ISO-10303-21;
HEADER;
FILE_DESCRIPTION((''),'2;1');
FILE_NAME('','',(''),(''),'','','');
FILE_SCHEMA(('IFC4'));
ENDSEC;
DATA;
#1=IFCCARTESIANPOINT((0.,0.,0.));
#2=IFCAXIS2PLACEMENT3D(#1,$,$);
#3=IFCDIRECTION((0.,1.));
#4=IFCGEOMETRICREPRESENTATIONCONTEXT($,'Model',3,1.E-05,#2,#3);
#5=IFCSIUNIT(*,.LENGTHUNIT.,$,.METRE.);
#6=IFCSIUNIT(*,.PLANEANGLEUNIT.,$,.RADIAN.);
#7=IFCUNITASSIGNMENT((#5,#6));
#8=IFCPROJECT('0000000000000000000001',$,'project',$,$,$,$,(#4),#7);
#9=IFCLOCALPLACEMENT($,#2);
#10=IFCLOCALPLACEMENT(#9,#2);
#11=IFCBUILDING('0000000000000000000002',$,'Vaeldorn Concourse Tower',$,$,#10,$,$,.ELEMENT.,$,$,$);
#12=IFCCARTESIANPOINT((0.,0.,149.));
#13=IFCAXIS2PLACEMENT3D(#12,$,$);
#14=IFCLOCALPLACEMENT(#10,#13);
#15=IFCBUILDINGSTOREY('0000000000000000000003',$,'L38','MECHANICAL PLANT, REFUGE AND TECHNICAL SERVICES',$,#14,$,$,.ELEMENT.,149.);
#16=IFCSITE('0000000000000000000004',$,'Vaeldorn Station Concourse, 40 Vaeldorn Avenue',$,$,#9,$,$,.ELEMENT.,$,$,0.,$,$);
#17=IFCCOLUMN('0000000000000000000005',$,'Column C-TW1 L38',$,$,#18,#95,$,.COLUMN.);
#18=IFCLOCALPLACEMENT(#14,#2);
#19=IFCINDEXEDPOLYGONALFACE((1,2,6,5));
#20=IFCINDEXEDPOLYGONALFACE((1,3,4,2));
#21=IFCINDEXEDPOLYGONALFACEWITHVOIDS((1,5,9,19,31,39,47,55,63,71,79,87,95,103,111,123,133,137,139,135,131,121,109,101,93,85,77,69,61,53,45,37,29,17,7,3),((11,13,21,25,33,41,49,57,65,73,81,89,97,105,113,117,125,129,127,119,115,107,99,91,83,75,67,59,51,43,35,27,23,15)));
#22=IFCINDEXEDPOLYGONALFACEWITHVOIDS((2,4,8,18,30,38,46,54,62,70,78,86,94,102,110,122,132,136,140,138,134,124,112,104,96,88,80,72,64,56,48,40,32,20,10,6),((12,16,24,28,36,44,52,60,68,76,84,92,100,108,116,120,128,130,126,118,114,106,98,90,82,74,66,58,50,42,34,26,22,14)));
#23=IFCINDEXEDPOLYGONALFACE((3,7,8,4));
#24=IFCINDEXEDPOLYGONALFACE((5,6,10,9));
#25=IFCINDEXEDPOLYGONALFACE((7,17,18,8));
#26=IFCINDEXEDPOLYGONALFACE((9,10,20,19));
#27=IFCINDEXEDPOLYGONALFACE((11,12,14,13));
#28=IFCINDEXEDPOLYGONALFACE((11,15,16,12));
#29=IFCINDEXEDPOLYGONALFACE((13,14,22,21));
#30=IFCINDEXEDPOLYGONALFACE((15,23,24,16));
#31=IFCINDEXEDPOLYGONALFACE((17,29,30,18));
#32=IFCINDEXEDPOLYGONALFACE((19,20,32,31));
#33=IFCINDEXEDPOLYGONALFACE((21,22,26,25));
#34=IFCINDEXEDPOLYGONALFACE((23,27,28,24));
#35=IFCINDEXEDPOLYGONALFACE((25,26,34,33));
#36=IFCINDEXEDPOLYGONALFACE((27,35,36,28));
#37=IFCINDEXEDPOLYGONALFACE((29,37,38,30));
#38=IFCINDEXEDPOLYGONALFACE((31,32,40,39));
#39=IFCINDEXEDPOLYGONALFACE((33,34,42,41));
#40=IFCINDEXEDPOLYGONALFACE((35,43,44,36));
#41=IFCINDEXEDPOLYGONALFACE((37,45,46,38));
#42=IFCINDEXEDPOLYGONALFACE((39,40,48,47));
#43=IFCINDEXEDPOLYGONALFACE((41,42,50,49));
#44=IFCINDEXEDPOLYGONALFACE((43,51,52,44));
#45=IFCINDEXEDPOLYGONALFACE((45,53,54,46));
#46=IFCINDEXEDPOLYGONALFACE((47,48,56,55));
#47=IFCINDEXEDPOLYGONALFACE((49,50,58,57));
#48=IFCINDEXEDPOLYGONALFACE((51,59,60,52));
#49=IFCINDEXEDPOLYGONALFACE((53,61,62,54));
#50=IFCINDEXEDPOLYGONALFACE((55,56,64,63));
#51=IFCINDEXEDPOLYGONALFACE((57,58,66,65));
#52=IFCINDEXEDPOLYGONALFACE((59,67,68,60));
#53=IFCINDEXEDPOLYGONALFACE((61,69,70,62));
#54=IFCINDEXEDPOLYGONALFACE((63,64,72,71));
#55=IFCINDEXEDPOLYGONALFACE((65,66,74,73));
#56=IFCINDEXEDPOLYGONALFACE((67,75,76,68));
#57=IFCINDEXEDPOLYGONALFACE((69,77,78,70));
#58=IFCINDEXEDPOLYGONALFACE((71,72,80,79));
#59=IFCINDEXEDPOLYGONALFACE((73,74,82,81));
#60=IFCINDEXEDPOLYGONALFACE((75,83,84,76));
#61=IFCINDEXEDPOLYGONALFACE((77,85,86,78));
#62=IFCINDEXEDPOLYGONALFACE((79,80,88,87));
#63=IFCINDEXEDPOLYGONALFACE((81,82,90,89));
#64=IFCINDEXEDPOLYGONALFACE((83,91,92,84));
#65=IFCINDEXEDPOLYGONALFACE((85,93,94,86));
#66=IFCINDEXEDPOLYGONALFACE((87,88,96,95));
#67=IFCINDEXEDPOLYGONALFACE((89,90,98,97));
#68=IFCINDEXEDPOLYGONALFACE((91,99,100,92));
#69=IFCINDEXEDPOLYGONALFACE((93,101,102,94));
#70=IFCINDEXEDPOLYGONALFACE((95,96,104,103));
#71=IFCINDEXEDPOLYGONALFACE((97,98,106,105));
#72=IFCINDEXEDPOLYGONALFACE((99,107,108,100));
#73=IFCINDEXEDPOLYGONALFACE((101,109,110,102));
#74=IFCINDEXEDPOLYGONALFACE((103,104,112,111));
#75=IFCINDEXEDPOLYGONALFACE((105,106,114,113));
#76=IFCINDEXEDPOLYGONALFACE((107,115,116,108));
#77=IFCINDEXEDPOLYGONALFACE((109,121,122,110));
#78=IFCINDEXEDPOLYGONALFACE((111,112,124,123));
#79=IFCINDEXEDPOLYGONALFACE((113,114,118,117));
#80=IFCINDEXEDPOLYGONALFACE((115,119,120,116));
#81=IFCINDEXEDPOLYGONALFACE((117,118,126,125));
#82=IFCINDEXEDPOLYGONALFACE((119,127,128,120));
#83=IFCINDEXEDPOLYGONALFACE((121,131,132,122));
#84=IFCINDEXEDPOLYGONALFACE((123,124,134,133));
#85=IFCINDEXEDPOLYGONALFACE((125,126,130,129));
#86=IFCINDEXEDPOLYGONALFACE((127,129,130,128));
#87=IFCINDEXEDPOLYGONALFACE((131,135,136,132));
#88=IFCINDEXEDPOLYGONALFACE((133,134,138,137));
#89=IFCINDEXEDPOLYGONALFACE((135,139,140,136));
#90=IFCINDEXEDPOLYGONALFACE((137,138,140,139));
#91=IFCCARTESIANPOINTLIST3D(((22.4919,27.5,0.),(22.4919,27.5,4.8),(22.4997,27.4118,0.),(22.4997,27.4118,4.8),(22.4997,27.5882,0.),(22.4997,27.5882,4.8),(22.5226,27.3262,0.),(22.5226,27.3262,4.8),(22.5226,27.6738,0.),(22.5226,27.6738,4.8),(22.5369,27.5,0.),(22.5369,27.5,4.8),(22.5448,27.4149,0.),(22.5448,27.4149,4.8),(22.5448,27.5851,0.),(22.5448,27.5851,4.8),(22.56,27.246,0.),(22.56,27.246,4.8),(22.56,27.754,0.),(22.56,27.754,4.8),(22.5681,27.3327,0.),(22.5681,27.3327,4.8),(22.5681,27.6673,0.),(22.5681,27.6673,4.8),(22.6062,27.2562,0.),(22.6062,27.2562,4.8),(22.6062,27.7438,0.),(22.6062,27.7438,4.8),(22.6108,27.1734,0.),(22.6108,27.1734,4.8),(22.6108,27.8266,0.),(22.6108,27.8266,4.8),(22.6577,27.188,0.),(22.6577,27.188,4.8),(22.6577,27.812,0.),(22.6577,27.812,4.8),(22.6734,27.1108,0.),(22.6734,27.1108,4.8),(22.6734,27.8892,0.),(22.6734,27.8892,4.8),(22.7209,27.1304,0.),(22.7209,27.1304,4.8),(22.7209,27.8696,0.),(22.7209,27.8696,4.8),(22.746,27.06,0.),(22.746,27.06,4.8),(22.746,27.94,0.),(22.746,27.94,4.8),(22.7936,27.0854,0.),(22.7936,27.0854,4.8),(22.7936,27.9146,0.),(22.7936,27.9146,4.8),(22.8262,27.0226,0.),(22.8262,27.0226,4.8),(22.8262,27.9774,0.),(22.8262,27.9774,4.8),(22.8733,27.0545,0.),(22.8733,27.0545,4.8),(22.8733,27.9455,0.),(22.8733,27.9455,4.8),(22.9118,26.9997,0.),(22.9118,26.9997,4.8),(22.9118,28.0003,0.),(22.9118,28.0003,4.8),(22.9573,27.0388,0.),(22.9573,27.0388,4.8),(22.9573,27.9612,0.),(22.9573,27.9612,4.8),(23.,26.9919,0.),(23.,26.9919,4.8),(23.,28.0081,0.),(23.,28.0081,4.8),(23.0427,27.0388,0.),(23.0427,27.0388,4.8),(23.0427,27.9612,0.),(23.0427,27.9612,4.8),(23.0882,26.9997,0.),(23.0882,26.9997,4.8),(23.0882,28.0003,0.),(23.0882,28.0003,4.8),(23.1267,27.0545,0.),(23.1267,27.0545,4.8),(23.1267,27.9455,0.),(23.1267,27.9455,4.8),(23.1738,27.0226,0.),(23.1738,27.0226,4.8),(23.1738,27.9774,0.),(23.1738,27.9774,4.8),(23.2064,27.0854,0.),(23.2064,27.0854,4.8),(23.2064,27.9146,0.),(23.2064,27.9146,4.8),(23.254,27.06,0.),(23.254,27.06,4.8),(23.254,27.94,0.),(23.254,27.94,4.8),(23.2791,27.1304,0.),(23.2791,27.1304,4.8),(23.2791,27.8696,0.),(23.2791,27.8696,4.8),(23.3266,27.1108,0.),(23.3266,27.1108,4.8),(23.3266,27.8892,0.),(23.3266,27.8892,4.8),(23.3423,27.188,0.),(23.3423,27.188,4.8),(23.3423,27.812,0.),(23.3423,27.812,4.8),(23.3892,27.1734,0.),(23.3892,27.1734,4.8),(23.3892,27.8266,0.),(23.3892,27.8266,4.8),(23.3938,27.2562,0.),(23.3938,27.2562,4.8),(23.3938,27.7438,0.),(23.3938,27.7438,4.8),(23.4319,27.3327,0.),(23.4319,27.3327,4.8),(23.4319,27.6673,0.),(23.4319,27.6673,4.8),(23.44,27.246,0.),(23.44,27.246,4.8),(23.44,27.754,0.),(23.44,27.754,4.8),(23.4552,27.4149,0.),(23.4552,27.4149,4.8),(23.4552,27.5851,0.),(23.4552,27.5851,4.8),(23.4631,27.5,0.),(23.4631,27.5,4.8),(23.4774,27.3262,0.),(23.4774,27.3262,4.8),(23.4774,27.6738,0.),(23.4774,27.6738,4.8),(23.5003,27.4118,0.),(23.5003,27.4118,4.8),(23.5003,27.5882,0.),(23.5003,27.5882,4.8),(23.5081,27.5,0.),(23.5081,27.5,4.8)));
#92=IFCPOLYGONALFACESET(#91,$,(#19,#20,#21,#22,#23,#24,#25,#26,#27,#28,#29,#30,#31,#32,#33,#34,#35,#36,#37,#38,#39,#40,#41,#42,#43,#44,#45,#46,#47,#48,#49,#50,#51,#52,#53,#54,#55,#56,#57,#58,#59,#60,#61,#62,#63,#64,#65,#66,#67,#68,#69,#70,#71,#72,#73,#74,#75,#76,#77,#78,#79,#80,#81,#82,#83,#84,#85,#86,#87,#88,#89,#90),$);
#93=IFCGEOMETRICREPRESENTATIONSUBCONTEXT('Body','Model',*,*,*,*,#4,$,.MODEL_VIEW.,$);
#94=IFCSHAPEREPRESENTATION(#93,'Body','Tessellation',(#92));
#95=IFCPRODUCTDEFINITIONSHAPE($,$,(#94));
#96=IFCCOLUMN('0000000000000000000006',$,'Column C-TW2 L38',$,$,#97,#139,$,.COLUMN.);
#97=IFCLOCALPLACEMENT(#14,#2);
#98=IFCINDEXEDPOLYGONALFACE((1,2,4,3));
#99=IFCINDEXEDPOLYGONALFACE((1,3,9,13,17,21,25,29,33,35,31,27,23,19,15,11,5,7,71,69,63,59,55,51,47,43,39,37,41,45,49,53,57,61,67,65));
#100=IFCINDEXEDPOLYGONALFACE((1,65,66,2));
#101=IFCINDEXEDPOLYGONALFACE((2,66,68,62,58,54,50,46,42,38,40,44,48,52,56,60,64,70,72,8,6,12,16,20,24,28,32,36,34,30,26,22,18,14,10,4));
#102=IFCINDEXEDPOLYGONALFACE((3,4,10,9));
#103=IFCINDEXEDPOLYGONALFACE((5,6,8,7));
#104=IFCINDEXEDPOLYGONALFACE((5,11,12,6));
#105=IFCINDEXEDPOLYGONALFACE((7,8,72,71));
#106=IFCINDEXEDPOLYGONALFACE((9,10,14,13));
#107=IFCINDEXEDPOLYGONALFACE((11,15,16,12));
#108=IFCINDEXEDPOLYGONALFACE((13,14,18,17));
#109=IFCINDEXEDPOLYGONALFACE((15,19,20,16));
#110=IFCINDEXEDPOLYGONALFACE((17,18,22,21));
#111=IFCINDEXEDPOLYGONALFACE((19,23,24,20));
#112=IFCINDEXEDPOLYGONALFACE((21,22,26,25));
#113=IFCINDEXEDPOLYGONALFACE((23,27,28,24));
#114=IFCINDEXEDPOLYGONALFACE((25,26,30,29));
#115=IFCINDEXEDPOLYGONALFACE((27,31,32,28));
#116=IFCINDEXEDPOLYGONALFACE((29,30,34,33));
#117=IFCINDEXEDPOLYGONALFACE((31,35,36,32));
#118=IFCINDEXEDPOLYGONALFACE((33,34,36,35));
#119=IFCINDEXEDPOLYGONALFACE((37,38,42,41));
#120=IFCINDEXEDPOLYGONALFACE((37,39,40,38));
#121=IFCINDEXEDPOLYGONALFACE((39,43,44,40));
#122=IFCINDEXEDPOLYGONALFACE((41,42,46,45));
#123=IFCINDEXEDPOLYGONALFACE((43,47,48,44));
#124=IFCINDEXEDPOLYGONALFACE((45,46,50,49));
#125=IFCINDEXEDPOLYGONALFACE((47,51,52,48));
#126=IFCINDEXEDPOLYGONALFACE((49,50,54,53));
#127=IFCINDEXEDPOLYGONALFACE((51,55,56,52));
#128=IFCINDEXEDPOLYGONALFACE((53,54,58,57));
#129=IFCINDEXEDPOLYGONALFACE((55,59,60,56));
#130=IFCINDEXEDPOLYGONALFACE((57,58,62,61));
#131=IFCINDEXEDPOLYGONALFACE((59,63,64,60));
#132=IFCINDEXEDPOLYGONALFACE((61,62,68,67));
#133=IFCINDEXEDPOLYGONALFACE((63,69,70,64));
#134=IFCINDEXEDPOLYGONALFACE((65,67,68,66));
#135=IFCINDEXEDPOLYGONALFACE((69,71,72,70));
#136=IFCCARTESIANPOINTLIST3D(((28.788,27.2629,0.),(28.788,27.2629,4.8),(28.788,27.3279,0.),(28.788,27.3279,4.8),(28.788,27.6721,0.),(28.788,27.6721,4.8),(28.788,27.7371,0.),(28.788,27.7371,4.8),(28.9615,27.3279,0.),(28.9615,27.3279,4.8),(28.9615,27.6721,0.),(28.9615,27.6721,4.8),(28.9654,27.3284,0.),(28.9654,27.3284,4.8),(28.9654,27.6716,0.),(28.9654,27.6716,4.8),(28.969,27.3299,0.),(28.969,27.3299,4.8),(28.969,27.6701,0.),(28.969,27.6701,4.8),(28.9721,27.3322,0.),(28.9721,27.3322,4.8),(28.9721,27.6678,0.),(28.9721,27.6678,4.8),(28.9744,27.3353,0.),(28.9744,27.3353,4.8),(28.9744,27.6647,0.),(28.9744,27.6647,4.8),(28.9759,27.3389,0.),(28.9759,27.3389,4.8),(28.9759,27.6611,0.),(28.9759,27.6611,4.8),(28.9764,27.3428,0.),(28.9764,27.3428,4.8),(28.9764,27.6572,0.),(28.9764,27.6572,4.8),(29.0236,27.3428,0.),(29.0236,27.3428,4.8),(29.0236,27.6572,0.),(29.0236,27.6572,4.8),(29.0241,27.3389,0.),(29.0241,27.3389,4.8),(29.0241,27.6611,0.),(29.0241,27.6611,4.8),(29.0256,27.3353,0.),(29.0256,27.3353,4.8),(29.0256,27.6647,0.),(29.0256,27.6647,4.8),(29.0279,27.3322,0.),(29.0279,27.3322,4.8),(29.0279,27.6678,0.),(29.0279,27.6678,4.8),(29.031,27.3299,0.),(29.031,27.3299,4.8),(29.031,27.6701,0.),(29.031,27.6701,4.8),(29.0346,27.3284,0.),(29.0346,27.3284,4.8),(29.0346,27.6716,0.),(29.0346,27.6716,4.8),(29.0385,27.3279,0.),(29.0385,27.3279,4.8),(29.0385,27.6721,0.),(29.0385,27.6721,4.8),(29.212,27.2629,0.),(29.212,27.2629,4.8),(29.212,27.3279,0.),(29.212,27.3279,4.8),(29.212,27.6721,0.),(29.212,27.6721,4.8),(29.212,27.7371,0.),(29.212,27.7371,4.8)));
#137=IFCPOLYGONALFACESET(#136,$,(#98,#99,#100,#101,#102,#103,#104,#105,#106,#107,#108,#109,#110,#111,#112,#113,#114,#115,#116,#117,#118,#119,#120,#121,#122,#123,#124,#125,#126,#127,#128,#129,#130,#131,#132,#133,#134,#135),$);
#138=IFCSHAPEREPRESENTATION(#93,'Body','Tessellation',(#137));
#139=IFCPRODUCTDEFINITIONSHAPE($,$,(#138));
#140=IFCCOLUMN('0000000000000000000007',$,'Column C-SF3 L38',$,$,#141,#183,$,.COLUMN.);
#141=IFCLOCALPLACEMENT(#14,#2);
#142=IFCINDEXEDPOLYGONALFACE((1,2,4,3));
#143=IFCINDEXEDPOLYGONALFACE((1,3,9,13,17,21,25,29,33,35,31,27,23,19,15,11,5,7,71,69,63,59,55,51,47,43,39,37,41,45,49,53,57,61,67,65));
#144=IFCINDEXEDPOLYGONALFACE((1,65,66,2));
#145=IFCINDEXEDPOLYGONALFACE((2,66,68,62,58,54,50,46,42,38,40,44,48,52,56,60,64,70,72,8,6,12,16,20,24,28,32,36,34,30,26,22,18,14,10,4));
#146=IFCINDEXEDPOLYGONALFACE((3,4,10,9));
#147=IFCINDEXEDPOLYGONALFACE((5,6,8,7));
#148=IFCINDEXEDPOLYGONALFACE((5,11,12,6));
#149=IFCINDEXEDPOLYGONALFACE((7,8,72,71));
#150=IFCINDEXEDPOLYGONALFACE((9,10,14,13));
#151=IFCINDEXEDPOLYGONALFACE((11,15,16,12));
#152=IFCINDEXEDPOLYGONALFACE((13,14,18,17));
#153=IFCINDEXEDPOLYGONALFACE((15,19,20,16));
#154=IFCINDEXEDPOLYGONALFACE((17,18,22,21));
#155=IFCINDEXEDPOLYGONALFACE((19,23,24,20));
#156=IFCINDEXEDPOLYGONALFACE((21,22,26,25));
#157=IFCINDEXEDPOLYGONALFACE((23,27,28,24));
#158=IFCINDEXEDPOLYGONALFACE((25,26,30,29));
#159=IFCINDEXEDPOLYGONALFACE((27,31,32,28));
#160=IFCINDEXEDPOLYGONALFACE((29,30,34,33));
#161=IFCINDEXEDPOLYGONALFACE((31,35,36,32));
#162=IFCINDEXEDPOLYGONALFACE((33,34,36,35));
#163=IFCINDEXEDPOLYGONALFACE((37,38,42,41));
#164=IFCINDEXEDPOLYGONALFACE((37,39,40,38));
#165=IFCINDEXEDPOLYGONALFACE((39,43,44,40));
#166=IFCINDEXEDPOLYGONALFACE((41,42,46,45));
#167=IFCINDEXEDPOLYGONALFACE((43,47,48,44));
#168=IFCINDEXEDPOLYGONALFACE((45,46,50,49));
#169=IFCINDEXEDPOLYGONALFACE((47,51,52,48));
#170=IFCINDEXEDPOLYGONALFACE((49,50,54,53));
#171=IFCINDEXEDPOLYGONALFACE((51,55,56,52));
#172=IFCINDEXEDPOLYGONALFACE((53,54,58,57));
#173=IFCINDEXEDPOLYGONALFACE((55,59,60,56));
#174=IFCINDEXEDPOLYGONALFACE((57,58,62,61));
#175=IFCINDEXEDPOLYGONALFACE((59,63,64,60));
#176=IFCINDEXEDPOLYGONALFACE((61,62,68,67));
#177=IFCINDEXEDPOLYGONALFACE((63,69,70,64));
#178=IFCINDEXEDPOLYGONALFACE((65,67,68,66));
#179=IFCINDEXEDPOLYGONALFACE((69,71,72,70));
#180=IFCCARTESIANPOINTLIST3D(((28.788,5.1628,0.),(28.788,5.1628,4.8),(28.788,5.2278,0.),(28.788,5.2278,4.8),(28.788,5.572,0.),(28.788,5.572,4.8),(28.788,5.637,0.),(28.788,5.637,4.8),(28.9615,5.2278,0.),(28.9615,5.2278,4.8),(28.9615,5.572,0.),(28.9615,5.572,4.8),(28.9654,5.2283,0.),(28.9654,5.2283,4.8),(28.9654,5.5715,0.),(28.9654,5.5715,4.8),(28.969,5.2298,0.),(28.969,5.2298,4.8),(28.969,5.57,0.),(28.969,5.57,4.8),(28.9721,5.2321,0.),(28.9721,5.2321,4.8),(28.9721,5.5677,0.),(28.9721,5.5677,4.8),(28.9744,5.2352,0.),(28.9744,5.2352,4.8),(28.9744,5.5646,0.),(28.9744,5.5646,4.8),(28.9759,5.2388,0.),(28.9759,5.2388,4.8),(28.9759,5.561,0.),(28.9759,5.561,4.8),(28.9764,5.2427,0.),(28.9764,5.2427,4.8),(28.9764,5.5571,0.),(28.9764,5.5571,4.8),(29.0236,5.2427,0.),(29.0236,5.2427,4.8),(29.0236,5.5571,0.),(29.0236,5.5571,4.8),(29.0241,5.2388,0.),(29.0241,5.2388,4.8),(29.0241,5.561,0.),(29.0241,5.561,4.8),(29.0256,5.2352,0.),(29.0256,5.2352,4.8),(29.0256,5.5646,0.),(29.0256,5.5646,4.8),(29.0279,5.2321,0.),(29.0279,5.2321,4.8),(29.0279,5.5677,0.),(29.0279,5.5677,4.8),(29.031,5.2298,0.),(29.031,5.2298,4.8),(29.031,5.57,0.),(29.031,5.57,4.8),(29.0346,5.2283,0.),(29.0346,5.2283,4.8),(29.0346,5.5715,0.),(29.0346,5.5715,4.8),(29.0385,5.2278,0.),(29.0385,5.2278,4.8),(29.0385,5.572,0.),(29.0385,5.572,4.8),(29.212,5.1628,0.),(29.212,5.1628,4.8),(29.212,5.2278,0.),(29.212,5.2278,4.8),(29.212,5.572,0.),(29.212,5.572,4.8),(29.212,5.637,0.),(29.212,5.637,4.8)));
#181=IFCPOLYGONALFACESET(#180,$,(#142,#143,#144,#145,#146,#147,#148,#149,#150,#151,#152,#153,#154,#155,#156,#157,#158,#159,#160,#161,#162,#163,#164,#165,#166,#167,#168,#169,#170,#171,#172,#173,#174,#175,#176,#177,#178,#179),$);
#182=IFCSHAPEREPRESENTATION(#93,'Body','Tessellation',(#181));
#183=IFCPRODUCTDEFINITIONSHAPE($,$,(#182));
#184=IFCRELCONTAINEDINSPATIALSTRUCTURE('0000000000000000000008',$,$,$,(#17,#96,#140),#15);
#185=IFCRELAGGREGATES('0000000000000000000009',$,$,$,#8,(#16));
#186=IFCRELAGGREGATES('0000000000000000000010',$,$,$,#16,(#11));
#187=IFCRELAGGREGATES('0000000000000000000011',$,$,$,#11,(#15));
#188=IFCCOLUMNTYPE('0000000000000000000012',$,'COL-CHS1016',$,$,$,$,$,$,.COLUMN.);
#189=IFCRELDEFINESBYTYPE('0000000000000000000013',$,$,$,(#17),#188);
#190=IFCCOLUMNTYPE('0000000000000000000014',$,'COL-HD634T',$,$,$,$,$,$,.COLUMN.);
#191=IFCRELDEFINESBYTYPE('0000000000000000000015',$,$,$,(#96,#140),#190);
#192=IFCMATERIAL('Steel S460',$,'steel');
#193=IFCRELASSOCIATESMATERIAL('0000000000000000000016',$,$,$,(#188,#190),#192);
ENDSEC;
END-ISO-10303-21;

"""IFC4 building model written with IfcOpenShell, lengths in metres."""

from ifc_helpers import new_model, si_unit, direction, frame, origin, origin_2d, place, context, subcontext, project, spatial, hollow_circle, i_section, extrude, source, transform, mapped, material, material_profile, profile_set, type_object, element, save


model = new_model("IFC4")

# Units and contexts
model_context = context("Model", 3, precision=1e-05, world=origin(), true_north=direction((0.0, 1.0)))
body_context = subcontext(model_context, "Body", "Model", "MODEL_VIEW")
ifc_project = project(units=[si_unit("LENGTHUNIT", "METRE"), si_unit("PLANEANGLEUNIT", "RADIAN")], contexts=[model_context])

# Site, building, storey
site_placement = place(None, origin())
site = spatial("IfcSite", under=ifc_project, at=site_placement, Name="Vaeldorn Station Concourse, 40 Vaeldorn Avenue", CompositionType="ELEMENT", RefElevation=0.0)
building_placement = place(site_placement, origin())
building = spatial("IfcBuilding", under=site, at=building_placement, Name="Vaeldorn Concourse Tower", CompositionType="ELEMENT")
storey_placement = place(building_placement, frame((0.0, 0.0, 149.0)))
storey = spatial("IfcBuildingStorey", under=building, at=storey_placement, Name="L38", Description="MECHANICAL PLANT, REFUGE AND TECHNICAL SERVICES", CompositionType="ELEMENT", Elevation=149.0)

# Columns
ifc_material_1 = material(Name="Steel S460", Category="steel")
ifc_material_profile_1 = material_profile(ifc_material_1, hollow_circle(Radius=0.5081, WallThickness=0.0449, at=origin_2d()), Name="CHS 1016x45")
ifc_profile_set_1 = profile_set([ifc_material_profile_1], Name="Steel S460")
column_type_1 = type_object("IfcColumnType", Name="COL-CHS1016", PredefinedType="COLUMN", material=ifc_profile_set_1)
shared_shape_1 = source(origin(), body_context, "Body", "SweptSolid", [
    extrude(hollow_circle(Radius=0.5081, WallThickness=0.0449, at=origin_2d()), origin(), (0.0, 0.0, 1.0), 4.8),
])
column_placement = place(storey_placement, frame((23.0, 27.5, 0.0), z_axis=(0.0, 0.0, 1.0), x_axis=(1.0, 0.0, 0.0)))
element("IfcColumn", 1, at=column_placement, inside=storey, type_object=column_type_1, Name="Column C-TW1 L38", PredefinedType="COLUMN", context=body_context, shape_type="MappedRepresentation", body=[
    mapped(shared_shape_1, transform((0.0, 0.0, 0.0), scale=1.0)),
])
ifc_material_profile_2 = material_profile(ifc_material_1, i_section(OverallWidth=0.4241, OverallDepth=0.4741, WebThickness=0.0471, FlangeThickness=0.0649, FilletRadius=0.0149, at=origin_2d()), Name="HD 400x634")
ifc_profile_set_2 = profile_set([ifc_material_profile_2], Name="Steel S460")
column_type_2 = type_object("IfcColumnType", Name="COL-HD634T", PredefinedType="COLUMN", material=ifc_profile_set_2)
shared_shape_2 = source(origin(), body_context, "Body", "SweptSolid", [
    extrude(i_section(OverallWidth=0.4241, OverallDepth=0.4741, WebThickness=0.0471, FlangeThickness=0.0649, FilletRadius=0.0149, at=origin_2d()), origin(), (0.0, 0.0, 1.0), 4.8),
])
for number, where, z_axis, x_axis, name in (
    (2, (29.0, 27.5, 0.0), (0.0, 0.0, 1.0), (1.0, 0.0, 0.0), "Column C-TW2 L38"),
    (3, (29.0, 5.3999, 0.0), (0.0, 0.0, 1.0), (1.0, 0.0, 0.0), "Column C-SF3 L38"),
):
    element("IfcColumn", number, at=place(storey_placement, frame(where, z_axis=z_axis, x_axis=x_axis)), inside=storey, type_object=column_type_2, Name=name, PredefinedType="COLUMN", context=body_context, shape_type="MappedRepresentation", body=[
        mapped(shared_shape_2, transform((0.0, 0.0, 0.0), scale=1.0)),
    ])

save(model, "model.ifc")
